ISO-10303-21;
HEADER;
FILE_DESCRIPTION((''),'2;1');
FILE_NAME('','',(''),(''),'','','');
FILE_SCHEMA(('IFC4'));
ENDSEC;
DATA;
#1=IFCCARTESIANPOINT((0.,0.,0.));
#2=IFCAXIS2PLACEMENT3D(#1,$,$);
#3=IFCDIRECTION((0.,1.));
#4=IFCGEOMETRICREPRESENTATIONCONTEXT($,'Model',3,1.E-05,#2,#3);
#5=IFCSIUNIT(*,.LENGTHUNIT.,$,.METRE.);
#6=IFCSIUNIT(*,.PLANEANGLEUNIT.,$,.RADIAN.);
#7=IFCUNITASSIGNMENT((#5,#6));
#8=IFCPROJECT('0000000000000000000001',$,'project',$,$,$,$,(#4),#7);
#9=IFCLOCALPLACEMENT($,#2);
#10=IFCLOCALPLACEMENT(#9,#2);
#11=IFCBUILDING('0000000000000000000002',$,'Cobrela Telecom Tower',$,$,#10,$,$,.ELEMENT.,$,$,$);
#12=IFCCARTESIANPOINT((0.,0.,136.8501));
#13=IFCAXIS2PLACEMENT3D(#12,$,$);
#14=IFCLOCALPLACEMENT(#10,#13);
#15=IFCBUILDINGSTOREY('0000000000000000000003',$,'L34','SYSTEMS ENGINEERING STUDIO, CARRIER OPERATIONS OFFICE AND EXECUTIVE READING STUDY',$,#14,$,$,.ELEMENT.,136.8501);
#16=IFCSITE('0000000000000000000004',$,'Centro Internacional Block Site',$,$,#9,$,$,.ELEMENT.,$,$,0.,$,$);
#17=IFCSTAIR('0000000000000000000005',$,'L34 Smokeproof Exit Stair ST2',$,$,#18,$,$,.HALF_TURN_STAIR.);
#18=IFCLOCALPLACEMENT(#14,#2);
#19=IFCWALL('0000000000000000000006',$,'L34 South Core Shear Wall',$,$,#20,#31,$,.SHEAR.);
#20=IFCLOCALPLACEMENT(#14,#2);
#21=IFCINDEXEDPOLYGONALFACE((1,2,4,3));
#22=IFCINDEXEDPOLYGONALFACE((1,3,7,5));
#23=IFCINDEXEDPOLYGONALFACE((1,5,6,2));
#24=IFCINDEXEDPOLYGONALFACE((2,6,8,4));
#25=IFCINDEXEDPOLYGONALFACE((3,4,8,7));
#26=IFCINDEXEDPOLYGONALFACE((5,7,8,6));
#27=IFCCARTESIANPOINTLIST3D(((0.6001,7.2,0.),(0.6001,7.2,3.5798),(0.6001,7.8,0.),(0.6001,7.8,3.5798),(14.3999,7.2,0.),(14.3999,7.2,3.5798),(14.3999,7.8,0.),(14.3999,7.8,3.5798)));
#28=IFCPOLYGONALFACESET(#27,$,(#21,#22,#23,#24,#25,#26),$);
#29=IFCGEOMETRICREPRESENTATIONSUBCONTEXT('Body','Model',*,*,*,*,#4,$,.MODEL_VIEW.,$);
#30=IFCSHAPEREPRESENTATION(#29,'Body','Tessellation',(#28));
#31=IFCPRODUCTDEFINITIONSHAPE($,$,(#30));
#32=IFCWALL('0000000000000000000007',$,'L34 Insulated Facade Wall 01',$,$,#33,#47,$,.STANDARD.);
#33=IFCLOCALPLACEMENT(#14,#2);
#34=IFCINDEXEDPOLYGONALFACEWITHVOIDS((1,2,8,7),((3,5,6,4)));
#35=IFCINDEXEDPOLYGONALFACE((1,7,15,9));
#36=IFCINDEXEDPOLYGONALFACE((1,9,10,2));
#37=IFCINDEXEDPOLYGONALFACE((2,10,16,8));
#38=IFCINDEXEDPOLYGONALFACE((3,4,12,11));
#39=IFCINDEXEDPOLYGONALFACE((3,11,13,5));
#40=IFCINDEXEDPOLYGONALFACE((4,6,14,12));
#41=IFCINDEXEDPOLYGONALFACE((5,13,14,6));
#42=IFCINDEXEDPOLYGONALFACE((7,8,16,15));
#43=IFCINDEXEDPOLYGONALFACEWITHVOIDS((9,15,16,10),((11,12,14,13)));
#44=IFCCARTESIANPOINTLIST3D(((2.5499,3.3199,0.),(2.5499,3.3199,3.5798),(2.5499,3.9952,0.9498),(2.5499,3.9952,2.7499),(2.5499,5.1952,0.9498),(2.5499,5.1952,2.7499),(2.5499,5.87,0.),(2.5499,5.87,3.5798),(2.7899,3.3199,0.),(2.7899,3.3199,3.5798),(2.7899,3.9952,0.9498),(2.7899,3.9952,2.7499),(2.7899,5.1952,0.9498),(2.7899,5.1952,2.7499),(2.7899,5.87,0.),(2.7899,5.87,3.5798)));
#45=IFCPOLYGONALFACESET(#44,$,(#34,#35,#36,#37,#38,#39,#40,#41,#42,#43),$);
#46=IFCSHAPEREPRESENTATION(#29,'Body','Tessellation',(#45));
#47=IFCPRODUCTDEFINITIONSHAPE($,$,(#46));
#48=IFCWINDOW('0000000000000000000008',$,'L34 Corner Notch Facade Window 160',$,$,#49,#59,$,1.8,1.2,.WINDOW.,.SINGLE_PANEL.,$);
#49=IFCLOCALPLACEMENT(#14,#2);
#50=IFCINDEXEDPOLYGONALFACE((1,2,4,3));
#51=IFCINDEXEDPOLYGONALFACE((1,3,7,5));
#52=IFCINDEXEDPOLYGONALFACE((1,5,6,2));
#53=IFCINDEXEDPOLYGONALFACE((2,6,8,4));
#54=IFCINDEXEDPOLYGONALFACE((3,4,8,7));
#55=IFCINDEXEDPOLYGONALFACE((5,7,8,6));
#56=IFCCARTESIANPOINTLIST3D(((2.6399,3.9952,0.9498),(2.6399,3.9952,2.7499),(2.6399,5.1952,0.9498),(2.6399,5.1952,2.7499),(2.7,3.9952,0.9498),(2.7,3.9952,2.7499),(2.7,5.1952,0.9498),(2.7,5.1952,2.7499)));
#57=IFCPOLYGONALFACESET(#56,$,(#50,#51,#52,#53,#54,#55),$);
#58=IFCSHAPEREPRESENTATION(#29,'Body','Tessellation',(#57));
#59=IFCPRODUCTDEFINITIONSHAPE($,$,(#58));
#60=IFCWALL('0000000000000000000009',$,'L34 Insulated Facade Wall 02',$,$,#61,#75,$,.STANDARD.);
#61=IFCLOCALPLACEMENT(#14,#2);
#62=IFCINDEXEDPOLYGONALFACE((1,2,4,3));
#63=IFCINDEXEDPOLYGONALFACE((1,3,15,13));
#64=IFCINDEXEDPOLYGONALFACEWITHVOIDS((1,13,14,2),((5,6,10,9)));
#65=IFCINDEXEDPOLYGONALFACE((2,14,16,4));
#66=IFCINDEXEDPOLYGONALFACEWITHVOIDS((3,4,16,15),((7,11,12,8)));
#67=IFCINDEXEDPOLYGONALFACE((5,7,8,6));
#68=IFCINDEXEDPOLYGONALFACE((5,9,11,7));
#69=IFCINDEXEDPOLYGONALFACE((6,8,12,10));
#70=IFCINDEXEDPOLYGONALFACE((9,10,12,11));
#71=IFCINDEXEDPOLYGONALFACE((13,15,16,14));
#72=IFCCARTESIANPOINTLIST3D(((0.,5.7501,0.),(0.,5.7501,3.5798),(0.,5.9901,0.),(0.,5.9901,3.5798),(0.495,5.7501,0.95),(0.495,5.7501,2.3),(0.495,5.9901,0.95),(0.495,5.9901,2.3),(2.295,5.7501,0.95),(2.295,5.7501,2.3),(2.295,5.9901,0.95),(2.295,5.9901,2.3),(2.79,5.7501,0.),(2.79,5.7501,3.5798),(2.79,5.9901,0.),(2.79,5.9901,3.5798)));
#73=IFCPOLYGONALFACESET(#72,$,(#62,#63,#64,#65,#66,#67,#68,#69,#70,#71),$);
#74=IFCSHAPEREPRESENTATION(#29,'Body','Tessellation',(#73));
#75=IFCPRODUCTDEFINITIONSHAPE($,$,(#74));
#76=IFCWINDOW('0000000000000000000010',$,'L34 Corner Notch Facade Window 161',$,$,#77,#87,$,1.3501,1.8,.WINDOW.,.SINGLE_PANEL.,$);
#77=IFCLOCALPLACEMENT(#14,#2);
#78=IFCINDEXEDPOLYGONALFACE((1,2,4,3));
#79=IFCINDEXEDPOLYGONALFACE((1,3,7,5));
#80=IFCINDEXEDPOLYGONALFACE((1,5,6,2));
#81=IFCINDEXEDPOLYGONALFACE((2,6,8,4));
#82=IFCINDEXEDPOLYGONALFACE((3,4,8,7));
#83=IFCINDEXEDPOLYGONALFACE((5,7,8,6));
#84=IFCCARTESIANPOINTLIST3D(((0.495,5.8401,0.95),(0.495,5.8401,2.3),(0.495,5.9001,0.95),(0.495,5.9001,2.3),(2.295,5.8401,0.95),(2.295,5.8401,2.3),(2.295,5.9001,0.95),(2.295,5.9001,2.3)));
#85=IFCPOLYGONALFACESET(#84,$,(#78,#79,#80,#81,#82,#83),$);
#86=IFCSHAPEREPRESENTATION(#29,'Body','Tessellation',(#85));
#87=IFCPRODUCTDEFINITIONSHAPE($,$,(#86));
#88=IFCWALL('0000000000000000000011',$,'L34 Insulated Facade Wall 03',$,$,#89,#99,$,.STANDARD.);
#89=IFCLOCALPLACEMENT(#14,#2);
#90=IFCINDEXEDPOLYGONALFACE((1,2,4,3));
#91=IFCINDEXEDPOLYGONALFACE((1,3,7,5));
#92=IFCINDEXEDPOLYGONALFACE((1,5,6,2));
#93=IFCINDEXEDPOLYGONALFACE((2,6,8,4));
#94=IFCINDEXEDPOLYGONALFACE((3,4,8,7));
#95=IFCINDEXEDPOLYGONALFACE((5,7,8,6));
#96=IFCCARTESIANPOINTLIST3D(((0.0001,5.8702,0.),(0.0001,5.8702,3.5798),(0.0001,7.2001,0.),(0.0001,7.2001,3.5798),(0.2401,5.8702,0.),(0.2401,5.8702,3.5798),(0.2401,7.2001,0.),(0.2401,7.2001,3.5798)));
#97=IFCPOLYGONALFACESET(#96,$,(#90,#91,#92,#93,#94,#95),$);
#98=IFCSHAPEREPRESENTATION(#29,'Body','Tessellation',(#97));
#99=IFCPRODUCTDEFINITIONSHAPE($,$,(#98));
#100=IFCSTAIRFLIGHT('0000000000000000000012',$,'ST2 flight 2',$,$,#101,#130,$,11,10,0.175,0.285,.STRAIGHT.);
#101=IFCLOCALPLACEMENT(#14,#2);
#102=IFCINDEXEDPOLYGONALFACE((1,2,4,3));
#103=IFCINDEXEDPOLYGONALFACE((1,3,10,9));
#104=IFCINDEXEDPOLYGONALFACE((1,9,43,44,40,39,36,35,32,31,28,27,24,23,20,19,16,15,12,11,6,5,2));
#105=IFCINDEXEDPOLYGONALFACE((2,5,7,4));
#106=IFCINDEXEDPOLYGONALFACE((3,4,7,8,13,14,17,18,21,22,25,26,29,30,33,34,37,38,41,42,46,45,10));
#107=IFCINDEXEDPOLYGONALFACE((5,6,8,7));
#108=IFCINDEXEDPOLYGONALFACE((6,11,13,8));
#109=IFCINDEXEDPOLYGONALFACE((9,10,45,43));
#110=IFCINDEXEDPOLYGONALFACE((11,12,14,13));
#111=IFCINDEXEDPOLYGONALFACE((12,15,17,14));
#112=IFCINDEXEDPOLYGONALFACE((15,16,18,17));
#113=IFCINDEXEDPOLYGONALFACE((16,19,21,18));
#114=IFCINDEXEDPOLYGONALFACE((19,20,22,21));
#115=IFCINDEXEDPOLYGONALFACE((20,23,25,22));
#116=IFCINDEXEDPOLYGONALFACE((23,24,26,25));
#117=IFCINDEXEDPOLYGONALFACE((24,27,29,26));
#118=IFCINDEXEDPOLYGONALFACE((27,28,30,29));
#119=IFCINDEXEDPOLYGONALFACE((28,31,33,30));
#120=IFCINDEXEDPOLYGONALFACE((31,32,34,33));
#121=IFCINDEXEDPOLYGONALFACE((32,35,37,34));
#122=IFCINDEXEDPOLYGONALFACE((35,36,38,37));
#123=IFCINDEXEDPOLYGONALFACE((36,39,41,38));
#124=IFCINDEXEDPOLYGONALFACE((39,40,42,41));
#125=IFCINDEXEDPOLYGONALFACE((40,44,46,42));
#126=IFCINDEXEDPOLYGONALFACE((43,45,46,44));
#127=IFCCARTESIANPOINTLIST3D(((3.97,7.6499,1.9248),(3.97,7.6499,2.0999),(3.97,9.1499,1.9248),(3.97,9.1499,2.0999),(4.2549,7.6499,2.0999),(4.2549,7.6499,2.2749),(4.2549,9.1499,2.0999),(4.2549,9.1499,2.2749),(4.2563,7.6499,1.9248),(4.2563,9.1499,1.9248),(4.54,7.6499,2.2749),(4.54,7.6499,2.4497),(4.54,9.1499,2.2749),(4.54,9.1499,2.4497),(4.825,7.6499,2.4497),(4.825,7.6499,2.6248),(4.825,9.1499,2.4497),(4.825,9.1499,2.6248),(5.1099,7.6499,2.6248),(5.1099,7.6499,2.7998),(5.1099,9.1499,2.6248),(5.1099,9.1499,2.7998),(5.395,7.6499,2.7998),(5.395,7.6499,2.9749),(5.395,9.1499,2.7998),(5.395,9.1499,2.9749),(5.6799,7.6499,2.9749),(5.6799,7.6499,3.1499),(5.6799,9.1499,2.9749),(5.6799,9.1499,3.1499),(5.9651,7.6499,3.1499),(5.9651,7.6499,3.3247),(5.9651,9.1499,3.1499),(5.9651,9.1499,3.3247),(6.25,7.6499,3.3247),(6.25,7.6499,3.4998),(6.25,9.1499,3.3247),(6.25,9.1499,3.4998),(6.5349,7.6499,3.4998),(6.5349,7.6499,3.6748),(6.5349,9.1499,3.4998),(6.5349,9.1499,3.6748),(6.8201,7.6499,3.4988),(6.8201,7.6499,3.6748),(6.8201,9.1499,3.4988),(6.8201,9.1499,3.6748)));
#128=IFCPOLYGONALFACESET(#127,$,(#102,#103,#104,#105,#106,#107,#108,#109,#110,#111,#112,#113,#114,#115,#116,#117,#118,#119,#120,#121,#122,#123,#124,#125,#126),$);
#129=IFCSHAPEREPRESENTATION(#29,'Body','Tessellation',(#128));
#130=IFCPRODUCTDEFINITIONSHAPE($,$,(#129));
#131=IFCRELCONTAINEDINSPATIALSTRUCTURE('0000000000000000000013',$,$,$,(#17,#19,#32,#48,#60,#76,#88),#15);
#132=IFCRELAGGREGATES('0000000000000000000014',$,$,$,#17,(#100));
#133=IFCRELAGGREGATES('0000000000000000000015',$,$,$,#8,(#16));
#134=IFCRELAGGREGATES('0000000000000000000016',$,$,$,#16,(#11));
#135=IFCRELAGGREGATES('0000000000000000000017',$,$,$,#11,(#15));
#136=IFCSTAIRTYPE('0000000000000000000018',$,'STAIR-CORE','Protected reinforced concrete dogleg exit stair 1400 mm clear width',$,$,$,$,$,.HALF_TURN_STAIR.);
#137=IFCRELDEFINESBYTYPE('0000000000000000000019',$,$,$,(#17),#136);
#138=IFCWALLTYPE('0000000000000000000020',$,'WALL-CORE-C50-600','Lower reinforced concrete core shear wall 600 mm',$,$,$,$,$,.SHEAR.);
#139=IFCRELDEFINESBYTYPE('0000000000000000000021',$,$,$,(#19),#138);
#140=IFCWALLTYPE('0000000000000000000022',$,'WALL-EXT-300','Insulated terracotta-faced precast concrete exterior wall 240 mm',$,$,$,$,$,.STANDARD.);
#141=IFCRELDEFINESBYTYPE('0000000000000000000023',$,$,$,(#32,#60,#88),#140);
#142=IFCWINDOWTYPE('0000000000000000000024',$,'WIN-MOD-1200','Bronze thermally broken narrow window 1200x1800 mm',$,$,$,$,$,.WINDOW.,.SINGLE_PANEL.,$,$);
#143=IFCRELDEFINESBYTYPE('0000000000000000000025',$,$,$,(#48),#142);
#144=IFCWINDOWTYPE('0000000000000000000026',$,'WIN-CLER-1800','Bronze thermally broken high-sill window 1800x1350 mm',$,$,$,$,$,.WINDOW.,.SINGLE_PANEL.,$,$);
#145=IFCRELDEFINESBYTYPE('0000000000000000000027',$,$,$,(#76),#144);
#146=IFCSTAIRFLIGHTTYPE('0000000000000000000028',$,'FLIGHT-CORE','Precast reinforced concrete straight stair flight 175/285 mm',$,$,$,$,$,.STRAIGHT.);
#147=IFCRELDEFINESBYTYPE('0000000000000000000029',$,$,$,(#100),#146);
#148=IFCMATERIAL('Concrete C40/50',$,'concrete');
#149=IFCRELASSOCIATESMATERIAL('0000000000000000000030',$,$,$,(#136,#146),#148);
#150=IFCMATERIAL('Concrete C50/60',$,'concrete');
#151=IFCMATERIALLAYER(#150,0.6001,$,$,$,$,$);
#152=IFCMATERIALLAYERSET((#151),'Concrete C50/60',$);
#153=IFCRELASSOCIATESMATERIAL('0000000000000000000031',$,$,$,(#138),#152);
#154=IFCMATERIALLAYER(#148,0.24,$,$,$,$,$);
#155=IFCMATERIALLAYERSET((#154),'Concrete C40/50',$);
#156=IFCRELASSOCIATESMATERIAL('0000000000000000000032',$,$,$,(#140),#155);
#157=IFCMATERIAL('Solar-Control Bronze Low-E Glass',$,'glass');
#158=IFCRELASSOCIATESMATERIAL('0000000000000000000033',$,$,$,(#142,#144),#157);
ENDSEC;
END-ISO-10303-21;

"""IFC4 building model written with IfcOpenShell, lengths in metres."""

from ifc_helpers import new_model, si_unit, direction, frame, frame_2d, origin, place, context, subcontext, project, spatial, polyline, rectangle, outline, extrude, material, layer, layer_set, type_object, element, fill, aggregate, save


model = new_model("IFC4")

# Units and contexts
model_context = context("Model", 3, precision=1e-05, world=origin(), true_north=direction((0.0, 1.0)))
body_context = subcontext(model_context, "Body", "Model", "MODEL_VIEW")
ifc_project = project(units=[si_unit("LENGTHUNIT", "METRE"), si_unit("PLANEANGLEUNIT", "RADIAN")], contexts=[model_context])

# Site, building, storey
site_placement = place(None, origin())
site = spatial("IfcSite", under=ifc_project, at=site_placement, Name="Centro Internacional Block Site", CompositionType="ELEMENT", RefElevation=0.0)
building_placement = place(site_placement, origin())
building = spatial("IfcBuilding", under=site, at=building_placement, Name="Cobrela Telecom Tower", CompositionType="ELEMENT")
storey_placement = place(building_placement, frame((0.0, 0.0, 136.8501)))
storey = spatial("IfcBuildingStorey", under=building, at=storey_placement, Name="L34", Description="SYSTEMS ENGINEERING STUDIO, CARRIER OPERATIONS OFFICE AND EXECUTIVE READING STUDY", CompositionType="ELEMENT", Elevation=136.8501)

# Shared definitions
ifc_material_1 = material(Name="Solar-Control Bronze Low-E Glass", Category="glass")

# Shared definitions
ifc_material_2 = material(Name="Concrete C40/50", Category="concrete")

# Stair
stair_type = type_object("IfcStairType", Name="STAIR-CORE", Description="Protected reinforced concrete dogleg exit stair 1400 mm clear width", PredefinedType="HALF_TURN_STAIR", material=ifc_material_2)
stair_1_placement = place(storey_placement, origin())
stair_1 = element("IfcStair", 1, at=stair_1_placement, inside=storey, type_object=stair_type, Name="L34 Smokeproof Exit Stair ST2", PredefinedType="HALF_TURN_STAIR")

# Wall
ifc_material_3 = material(Name="Concrete C50/60", Category="concrete")
ifc_layer_1 = layer(ifc_material_3, 0.6001)
ifc_layer_set_1 = layer_set([ifc_layer_1], Name="Concrete C50/60")
wall_type_1 = type_object("IfcWallType", Name="WALL-CORE-C50-600", Description="Lower reinforced concrete core shear wall 600 mm", PredefinedType="SHEAR", material=ifc_layer_set_1)
wall_1_placement = place(storey_placement, frame((0.6001, 7.5, 0.0), z_axis=(0.0, 0.0, 1.0), x_axis=(1.0, 0.0, 0.0)))
element("IfcWall", 2, at=wall_1_placement, inside=storey, type_object=wall_type_1, Name="L34 South Core Shear Wall", PredefinedType="SHEAR", context=body_context, shape_type="SweptSolid", body=[
    extrude(rectangle(XDim=13.7998, YDim=0.6001, at=frame_2d((6.8999, 0.0))), origin(), (0.0, 0.0, 1.0), 3.5798),
])

# Walls, openings, windows
ifc_layer_2 = layer(ifc_material_2, 0.24)
ifc_layer_set_2 = layer_set([ifc_layer_2], Name="Concrete C40/50")
wall_type_2 = type_object("IfcWallType", Name="WALL-EXT-300", Description="Insulated terracotta-faced precast concrete exterior wall 240 mm", PredefinedType="STANDARD", material=ifc_layer_set_2)
wall_2_placement = place(storey_placement, frame((2.6699, 3.3201, 0.0), z_axis=(0.0, 0.0, 1.0), x_axis=(0.0, 1.0, 0.0)))
wall_2 = element("IfcWall", 3, at=wall_2_placement, inside=storey, type_object=wall_type_2, Name="L34 Insulated Facade Wall 01", PredefinedType="STANDARD", context=body_context, shape_type="SweptSolid", body=[
    extrude(rectangle(XDim=2.55, YDim=0.24, at=frame_2d((1.2749, 0.0))), origin(), (0.0, 0.0, 1.0), 3.5798),
])
opening_1_placement = place(wall_2_placement, frame((0.675, 0.0, 0.95)))
opening_1 = element("IfcOpeningElement", 4, at=opening_1_placement, cuts=wall_2, PredefinedType="OPENING", context=body_context, shape_type="SweptSolid", body=[
    extrude(rectangle(XDim=1.2, YDim=1.8, at=frame_2d((0.6001, 0.8999))), frame((0.0, 0.1318, 0.0), z_axis=(0.0, -1.0, 0.0), x_axis=(1.0, 0.0, 0.0)), (0.0, 0.0, 1.0), 0.2639),
])
window_type_1 = type_object("IfcWindowType", Name="WIN-MOD-1200", Description="Bronze thermally broken narrow window 1200x1800 mm", PartitioningType="SINGLE_PANEL", PredefinedType="WINDOW", material=ifc_material_1)
window_1_placement = place(opening_1_placement, origin())
window_1 = element("IfcWindow", 5, at=window_1_placement, inside=storey, type_object=window_type_1, Name="L34 Corner Notch Facade Window 160", OverallHeight=1.8, OverallWidth=1.2, PartitioningType="SINGLE_PANEL", PredefinedType="WINDOW", context=body_context, shape_type="SweptSolid", body=[
    extrude(rectangle(XDim=1.2, YDim=1.8, at=frame_2d((0.6001, 0.8999))), frame((0.0, 0.03, 0.0), z_axis=(0.0, -1.0, 0.0), x_axis=(1.0, 0.0, 0.0)), (0.0, 0.0, 1.0), 0.0601),
])
fill(opening_1, window_1)
wall_3_placement = place(storey_placement, frame((2.79, 5.8701, 0.0), z_axis=(0.0, 0.0, 1.0), x_axis=(-1.0, 0.0, 0.0)))
wall_3 = element("IfcWall", 6, at=wall_3_placement, inside=storey, type_object=wall_type_2, Name="L34 Insulated Facade Wall 02", PredefinedType="STANDARD", context=body_context, shape_type="SweptSolid", body=[
    extrude(rectangle(XDim=2.79, YDim=0.24, at=frame_2d((1.395, 0.0))), origin(), (0.0, 0.0, 1.0), 3.5798),
])
opening_2_placement = place(wall_3_placement, frame((0.4951, 0.0, 0.95)))
opening_2 = element("IfcOpeningElement", 7, at=opening_2_placement, cuts=wall_3, PredefinedType="OPENING", context=body_context, shape_type="SweptSolid", body=[
    extrude(rectangle(XDim=1.8, YDim=1.3501, at=frame_2d((0.8999, 0.675))), frame((0.0, 0.1318, 0.0), z_axis=(0.0, -1.0, 0.0), x_axis=(1.0, 0.0, 0.0)), (0.0, 0.0, 1.0), 0.2639),
])
window_type_2 = type_object("IfcWindowType", Name="WIN-CLER-1800", Description="Bronze thermally broken high-sill window 1800x1350 mm", PartitioningType="SINGLE_PANEL", PredefinedType="WINDOW", material=ifc_material_1)
window_2_placement = place(opening_2_placement, origin())
window_2 = element("IfcWindow", 8, at=window_2_placement, inside=storey, type_object=window_type_2, Name="L34 Corner Notch Facade Window 161", OverallHeight=1.3501, OverallWidth=1.8, PartitioningType="SINGLE_PANEL", PredefinedType="WINDOW", context=body_context, shape_type="SweptSolid", body=[
    extrude(rectangle(XDim=1.8, YDim=1.3501, at=frame_2d((0.8999, 0.675))), frame((0.0, 0.03, 0.0), z_axis=(0.0, -1.0, 0.0), x_axis=(1.0, 0.0, 0.0)), (0.0, 0.0, 1.0), 0.0601),
])
fill(opening_2, window_2)

# Wall
wall_4_placement = place(storey_placement, frame((0.1201, 5.8701, 0.0), z_axis=(0.0, 0.0, 1.0), x_axis=(0.0, 1.0, 0.0)))
element("IfcWall", 9, at=wall_4_placement, inside=storey, type_object=wall_type_2, Name="L34 Insulated Facade Wall 03", PredefinedType="STANDARD", context=body_context, shape_type="SweptSolid", body=[
    extrude(rectangle(XDim=1.3298, YDim=0.24, at=frame_2d((0.665, 0.0))), origin(), (0.0, 0.0, 1.0), 3.5798),
])

# Stair flight
stair_flight_type = type_object("IfcStairFlightType", Name="FLIGHT-CORE", Description="Precast reinforced concrete straight stair flight 175/285 mm", PredefinedType="STRAIGHT", material=ifc_material_2)
stair_flight_placement = place(storey_placement, frame((3.97, 8.3999, 1.9248), z_axis=(0.0, 0.0, 1.0), x_axis=(1.0, 0.0, 0.0)))
stair_flight = element("IfcStairFlight", 10, at=stair_flight_placement, type_object=stair_flight_type, Name="ST2 flight 2", NumberOfRisers=11, NumberOfTreads=10, PredefinedType="STRAIGHT", RiserHeight=0.175, TreadLength=0.285, context=body_context, shape_type="SweptSolid", body=[
    extrude(outline(polyline([(0.0, 0.0), (0.0, 0.175), (0.2849, 0.175), (0.2849, 0.3501), (0.5701, 0.3501), (0.5701, 0.5249), (0.855, 0.5249), (0.855, 0.7), (1.1399, 0.7), (1.1399, 0.875), (1.425, 0.875), (1.425, 1.05), (1.71, 1.05), (1.71, 1.2251), (1.9951, 1.2251), (1.9951, 1.3999), (2.28, 1.3999), (2.28, 1.575), (2.5649, 1.575), (2.5649, 1.75), (2.8501, 1.75), (2.8501, 1.925), (2.8501, 1.574), (0.2864, 0.0), (0.0, 0.0)])), frame((0.0, 0.75, 0.0), z_axis=(0.0, -1.0, 0.0), x_axis=(1.0, 0.0, 0.0)), (0.0, 0.0, 1.0), 1.5),
])
aggregate(stair_1, [stair_flight])

save(model, "model.ifc")
